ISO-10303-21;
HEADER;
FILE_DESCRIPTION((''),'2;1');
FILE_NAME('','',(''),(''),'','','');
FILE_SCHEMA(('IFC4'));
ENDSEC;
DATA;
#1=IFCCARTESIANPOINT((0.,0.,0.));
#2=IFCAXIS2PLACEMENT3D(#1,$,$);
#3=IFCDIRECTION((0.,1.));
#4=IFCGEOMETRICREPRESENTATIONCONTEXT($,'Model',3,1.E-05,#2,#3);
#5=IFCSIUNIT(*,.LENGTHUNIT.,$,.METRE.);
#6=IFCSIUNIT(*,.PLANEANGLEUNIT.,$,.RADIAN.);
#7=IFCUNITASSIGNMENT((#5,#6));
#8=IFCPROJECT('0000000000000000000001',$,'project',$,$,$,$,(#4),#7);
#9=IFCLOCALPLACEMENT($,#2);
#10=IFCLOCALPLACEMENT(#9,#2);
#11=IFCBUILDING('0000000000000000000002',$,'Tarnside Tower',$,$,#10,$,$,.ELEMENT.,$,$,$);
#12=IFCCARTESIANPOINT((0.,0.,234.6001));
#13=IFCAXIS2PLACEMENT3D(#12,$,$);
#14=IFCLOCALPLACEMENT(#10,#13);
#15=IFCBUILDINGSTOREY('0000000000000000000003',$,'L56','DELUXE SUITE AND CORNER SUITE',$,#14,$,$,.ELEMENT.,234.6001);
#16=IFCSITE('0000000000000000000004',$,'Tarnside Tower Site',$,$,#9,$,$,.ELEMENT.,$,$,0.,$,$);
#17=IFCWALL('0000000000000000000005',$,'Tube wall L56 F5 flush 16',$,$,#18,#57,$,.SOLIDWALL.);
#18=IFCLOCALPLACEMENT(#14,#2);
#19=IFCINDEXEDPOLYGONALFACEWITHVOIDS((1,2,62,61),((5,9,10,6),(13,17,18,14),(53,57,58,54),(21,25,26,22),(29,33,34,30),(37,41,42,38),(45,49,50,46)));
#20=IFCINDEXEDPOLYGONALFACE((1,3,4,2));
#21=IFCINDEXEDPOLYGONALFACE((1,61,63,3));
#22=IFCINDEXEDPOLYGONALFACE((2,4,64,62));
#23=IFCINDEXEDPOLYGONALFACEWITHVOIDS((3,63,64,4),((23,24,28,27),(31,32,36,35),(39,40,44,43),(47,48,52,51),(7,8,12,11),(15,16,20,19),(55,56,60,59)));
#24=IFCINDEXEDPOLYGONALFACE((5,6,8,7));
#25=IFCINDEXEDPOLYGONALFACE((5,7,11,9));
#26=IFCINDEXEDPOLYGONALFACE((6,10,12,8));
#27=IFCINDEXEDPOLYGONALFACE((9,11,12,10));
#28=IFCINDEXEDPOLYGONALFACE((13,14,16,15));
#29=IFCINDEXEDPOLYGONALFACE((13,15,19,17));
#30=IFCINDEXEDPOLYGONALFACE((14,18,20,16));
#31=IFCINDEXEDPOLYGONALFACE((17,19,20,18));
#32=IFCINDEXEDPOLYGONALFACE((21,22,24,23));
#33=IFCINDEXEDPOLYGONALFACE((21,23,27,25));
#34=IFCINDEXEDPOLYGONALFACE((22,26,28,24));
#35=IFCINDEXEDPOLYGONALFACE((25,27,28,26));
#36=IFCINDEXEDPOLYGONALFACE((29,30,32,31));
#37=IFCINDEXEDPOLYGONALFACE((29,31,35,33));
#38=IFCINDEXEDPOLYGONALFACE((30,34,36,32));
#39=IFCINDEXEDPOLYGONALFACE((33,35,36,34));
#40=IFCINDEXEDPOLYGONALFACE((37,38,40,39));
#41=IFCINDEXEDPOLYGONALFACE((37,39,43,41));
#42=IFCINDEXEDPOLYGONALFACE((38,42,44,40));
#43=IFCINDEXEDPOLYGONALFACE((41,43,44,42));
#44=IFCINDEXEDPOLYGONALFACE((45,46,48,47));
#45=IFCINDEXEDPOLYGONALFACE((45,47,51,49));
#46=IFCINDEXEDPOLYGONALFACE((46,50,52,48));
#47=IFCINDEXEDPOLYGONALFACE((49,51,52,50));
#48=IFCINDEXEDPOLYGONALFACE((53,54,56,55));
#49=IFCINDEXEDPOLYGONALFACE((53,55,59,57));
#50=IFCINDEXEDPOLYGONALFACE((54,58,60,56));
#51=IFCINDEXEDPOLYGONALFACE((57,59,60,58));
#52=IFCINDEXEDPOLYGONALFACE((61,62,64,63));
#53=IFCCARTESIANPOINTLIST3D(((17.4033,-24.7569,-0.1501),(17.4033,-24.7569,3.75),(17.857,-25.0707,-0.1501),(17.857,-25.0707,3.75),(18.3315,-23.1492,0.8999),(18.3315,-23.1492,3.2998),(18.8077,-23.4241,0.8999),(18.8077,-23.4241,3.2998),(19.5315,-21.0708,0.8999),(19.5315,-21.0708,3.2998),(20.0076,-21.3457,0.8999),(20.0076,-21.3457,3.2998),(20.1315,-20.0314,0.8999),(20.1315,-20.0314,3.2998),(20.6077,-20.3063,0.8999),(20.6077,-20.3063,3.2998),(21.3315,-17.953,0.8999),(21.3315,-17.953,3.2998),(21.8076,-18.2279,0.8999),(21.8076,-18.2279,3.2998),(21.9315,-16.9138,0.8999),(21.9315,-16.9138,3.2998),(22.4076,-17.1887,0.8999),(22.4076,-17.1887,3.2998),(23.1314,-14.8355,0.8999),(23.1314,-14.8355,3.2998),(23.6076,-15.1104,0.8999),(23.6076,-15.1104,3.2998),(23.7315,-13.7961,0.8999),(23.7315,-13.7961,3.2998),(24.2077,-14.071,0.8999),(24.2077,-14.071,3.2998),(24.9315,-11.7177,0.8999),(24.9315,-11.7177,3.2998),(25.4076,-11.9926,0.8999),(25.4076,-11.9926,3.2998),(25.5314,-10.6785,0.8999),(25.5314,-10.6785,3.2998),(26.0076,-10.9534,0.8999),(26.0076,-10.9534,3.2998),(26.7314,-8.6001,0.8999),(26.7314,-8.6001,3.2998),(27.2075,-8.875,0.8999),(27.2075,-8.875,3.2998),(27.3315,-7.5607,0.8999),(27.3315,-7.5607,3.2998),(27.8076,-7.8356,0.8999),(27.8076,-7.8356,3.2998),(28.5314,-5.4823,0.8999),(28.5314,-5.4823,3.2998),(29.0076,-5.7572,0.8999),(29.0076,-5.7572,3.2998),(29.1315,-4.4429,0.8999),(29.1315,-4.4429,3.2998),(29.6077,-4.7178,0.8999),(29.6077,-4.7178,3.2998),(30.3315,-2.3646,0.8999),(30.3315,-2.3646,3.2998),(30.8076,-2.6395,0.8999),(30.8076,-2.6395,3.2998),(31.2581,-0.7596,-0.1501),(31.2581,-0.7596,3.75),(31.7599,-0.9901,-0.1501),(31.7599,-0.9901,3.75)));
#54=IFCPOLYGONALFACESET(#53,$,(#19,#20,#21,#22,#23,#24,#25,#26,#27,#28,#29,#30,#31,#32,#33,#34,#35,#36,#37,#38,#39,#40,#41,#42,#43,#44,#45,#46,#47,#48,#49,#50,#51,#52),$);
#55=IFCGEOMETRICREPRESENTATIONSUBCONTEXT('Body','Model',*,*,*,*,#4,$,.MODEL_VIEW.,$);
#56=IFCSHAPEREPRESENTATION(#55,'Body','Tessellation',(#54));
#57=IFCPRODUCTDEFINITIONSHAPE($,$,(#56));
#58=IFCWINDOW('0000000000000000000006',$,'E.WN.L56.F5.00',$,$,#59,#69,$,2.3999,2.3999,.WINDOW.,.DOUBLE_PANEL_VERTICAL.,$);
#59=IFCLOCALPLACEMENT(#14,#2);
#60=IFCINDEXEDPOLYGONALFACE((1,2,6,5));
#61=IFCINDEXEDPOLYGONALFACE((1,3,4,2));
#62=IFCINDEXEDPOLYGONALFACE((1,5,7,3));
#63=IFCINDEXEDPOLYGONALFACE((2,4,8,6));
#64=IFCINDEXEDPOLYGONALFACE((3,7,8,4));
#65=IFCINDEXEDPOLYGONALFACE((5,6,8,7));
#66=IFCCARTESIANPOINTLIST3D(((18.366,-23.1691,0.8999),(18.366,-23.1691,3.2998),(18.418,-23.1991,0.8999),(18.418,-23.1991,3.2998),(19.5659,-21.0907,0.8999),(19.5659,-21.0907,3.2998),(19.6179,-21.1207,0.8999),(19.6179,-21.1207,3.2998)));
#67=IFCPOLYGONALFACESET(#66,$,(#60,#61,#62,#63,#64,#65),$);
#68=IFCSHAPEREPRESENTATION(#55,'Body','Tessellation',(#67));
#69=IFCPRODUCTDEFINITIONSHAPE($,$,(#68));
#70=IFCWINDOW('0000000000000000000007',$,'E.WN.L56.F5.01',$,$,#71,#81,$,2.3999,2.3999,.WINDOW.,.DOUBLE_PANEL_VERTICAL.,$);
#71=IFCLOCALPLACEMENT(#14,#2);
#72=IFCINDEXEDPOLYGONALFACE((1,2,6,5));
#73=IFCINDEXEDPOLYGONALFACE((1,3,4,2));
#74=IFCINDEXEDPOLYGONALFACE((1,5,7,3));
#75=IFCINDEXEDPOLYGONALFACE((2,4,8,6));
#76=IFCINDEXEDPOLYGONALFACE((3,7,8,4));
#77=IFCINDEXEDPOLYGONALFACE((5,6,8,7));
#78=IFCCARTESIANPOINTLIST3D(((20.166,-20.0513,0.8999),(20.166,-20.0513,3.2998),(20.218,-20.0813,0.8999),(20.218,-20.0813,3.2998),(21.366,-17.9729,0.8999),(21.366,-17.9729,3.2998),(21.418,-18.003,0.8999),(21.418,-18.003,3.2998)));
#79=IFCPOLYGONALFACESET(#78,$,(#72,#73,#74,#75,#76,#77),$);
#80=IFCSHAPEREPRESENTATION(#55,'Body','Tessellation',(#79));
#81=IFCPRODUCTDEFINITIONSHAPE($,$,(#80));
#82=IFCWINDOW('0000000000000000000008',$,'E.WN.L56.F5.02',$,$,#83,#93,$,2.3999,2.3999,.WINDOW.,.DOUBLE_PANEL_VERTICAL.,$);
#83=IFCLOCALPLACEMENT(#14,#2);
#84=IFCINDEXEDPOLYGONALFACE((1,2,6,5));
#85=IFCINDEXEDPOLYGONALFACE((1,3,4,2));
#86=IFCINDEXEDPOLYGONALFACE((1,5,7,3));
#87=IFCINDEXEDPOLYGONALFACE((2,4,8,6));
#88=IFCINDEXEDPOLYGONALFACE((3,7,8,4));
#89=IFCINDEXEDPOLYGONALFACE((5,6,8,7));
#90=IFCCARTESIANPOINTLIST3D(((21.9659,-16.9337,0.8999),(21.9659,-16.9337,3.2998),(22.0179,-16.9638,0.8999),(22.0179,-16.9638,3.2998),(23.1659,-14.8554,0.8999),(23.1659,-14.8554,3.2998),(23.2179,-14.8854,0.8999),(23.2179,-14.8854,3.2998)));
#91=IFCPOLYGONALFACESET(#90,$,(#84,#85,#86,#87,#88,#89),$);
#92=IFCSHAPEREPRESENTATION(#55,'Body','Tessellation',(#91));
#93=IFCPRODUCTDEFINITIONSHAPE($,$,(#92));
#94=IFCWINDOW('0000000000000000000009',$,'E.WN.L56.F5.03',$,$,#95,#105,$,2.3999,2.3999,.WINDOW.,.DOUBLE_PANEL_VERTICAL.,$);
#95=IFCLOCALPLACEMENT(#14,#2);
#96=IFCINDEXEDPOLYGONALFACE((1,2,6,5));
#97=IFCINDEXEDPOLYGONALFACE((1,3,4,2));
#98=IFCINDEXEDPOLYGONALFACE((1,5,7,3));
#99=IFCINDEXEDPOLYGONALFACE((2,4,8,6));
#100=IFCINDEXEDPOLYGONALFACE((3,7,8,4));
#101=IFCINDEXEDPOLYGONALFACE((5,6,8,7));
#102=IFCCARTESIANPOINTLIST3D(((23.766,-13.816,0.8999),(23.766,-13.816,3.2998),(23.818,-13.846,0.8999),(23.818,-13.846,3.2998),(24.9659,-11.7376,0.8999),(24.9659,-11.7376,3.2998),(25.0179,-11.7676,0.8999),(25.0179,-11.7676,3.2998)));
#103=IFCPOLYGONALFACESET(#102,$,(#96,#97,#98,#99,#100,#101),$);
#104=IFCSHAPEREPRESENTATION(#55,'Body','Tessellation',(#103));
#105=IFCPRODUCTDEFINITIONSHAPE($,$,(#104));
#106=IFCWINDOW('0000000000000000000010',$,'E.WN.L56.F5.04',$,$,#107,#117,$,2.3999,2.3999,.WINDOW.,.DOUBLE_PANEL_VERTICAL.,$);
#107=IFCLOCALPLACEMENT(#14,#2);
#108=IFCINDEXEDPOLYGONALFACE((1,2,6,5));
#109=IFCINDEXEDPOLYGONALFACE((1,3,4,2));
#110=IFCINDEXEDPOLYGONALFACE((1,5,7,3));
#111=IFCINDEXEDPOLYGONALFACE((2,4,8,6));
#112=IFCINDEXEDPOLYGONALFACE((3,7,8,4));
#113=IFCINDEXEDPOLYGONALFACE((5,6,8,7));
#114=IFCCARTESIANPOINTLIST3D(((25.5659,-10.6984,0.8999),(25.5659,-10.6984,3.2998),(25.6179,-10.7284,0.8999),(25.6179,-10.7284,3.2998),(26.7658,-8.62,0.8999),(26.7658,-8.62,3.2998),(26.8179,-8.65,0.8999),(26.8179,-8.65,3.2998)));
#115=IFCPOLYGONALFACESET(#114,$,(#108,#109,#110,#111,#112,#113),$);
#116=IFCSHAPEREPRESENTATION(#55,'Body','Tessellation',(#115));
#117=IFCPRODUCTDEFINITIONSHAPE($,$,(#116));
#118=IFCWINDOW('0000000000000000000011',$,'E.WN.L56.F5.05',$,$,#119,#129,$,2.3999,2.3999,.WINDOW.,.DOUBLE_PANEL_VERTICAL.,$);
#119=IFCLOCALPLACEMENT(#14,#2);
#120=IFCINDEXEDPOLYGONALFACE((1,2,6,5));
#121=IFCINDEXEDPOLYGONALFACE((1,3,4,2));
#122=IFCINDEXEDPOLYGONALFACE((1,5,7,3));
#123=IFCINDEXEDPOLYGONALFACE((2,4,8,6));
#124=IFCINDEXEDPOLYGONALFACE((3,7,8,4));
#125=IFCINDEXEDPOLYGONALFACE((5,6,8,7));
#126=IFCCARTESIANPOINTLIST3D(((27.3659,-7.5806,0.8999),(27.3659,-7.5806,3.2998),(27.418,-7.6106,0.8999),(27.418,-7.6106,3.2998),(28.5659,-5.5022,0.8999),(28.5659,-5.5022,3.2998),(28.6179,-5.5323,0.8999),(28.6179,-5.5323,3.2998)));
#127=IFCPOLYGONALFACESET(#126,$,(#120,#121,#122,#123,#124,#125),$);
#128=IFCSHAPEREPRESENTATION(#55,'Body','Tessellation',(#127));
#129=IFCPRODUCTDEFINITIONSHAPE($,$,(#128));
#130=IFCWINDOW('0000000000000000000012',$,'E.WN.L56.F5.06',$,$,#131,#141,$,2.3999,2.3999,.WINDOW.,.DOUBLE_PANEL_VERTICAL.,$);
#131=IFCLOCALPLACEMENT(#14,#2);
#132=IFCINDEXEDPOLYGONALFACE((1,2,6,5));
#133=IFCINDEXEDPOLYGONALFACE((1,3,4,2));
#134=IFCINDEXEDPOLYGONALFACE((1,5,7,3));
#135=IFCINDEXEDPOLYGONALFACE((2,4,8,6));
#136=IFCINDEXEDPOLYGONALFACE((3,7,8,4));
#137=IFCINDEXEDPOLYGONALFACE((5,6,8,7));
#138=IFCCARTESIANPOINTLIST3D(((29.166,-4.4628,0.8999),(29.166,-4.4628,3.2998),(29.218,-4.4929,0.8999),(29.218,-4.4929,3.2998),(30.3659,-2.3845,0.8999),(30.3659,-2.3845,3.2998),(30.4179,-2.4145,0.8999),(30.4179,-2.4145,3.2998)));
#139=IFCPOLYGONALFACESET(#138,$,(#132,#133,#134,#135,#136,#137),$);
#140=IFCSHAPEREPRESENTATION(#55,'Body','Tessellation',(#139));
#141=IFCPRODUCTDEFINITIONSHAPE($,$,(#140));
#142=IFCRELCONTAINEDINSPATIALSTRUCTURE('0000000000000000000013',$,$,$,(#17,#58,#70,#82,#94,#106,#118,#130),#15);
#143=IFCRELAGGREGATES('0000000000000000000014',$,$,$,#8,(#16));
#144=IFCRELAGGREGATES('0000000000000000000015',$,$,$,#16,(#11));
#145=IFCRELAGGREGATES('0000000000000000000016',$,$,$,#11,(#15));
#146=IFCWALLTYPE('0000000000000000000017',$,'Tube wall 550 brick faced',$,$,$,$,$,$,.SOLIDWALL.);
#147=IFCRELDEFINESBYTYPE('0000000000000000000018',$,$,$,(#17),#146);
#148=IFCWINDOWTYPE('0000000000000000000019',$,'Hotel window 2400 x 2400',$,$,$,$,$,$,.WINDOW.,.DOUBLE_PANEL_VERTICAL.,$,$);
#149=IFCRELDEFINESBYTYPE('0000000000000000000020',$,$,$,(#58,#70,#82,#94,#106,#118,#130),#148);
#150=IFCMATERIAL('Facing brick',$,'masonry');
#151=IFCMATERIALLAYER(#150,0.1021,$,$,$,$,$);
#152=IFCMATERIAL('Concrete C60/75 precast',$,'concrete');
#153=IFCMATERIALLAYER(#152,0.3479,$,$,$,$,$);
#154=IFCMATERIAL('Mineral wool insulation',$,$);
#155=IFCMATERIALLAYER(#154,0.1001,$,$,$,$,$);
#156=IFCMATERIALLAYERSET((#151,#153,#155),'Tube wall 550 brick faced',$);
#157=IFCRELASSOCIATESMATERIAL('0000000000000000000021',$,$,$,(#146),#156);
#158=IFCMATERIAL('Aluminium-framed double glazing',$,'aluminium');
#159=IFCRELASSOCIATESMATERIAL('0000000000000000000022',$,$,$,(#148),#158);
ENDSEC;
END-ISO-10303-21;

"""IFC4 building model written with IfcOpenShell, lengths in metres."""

from ifc_helpers import new_model, si_unit, direction, frame, frame_2d, origin, place, context, subcontext, project, spatial, polyline, rectangle, outline, extrude, material, layer, layer_set, type_object, element, fill, save


model = new_model("IFC4")

# Units and contexts
model_context = context("Model", 3, precision=1e-05, world=origin(), true_north=direction((0.0, 1.0)))
body_context = subcontext(model_context, "Body", "Model", "MODEL_VIEW")
ifc_project = project(units=[si_unit("LENGTHUNIT", "METRE"), si_unit("PLANEANGLEUNIT", "RADIAN")], contexts=[model_context])

# Site, building, storey
site_placement = place(None, origin())
site = spatial("IfcSite", under=ifc_project, at=site_placement, Name="Tarnside Tower Site", CompositionType="ELEMENT", RefElevation=0.0)
building_placement = place(site_placement, origin())
building = spatial("IfcBuilding", under=site, at=building_placement, Name="Tarnside Tower", CompositionType="ELEMENT")
storey_placement = place(building_placement, frame((0.0, 0.0, 234.6001)))
storey = spatial("IfcBuildingStorey", under=building, at=storey_placement, Name="L56", Description="DELUXE SUITE AND CORNER SUITE", CompositionType="ELEMENT", Elevation=234.6001)

# Shared definitions
ifc_material_1 = material(Name="Facing brick", Category="masonry")
ifc_layer_1 = layer(ifc_material_1, 0.1021)
ifc_material_2 = material(Name="Concrete C60/75 precast", Category="concrete")
ifc_layer_2 = layer(ifc_material_2, 0.3479)
ifc_material_3 = material(Name="Mineral wool insulation")
ifc_layer_3 = layer(ifc_material_3, 0.1001)
ifc_layer_set_1 = layer_set([ifc_layer_1, ifc_layer_2, ifc_layer_3], Name="Tube wall 550 brick faced")
wall_type_1 = type_object("IfcWallType", Name="Tube wall 550 brick faced", PredefinedType="SOLIDWALL", material=ifc_layer_set_1)

# Wall, openings, windows
wall_1_placement = place(storey_placement, frame((17.6301, -24.9138, -0.1501), z_axis=(0.0, 0.0, 1.0), x_axis=(0.499999, 0.866026, 0.0)))
wall_1 = element("IfcWall", 1, at=wall_1_placement, inside=storey, type_object=wall_type_1, Name="Tube wall L56 F5 flush 16", PredefinedType="SOLIDWALL", context=body_context, shape_type="SweptSolid", body=[
    extrude(outline(polyline([(-0.0225, -0.2749), (27.7834, -0.2749), (27.7322, 0.2749), (0.0225, 0.2749), (-0.0225, -0.2749)])), origin(), (0.0, 0.0, 1.0), 3.9001),
])
opening_1_placement = place(wall_1_placement, frame((1.8789, 0.0, 1.05)))
opening_1 = element("IfcOpeningElement", 2, at=opening_1_placement, cuts=wall_1, PredefinedType="OPENING", context=body_context, shape_type="SweptSolid", body=[
    extrude(rectangle(XDim=2.3999, YDim=2.3999, at=frame_2d((1.2, 1.2))), frame((0.0, 0.2852, 0.0), z_axis=(0.0, -1.0, 0.0), x_axis=(1.0, 0.0, 0.0)), (0.0, 0.0, 1.0), 0.5701),
])
opening_2_placement = place(wall_1_placement, frame((5.479, 0.0, 1.05)))
opening_2 = element("IfcOpeningElement", 3, at=opening_2_placement, cuts=wall_1, PredefinedType="OPENING", context=body_context, shape_type="SweptSolid", body=[
    extrude(rectangle(XDim=2.3999, YDim=2.3999, at=frame_2d((1.2, 1.2))), frame((0.0, 0.2852, 0.0), z_axis=(0.0, -1.0, 0.0), x_axis=(1.0, 0.0, 0.0)), (0.0, 0.0, 1.0), 0.5701),
])
opening_3_placement = place(wall_1_placement, frame((9.0789, 0.0, 1.05)))
opening_3 = element("IfcOpeningElement", 4, at=opening_3_placement, cuts=wall_1, PredefinedType="OPENING", context=body_context, shape_type="SweptSolid", body=[
    extrude(rectangle(XDim=2.3999, YDim=2.3999, at=frame_2d((1.2, 1.2))), frame((0.0, 0.2852, 0.0), z_axis=(0.0, -1.0, 0.0), x_axis=(1.0, 0.0, 0.0)), (0.0, 0.0, 1.0), 0.5701),
])
opening_4_placement = place(wall_1_placement, frame((12.679, 0.0, 1.05)))
opening_4 = element("IfcOpeningElement", 5, at=opening_4_placement, cuts=wall_1, PredefinedType="OPENING", context=body_context, shape_type="SweptSolid", body=[
    extrude(rectangle(XDim=2.3999, YDim=2.3999, at=frame_2d((1.2, 1.2))), frame((0.0, 0.2852, 0.0), z_axis=(0.0, -1.0, 0.0), x_axis=(1.0, 0.0, 0.0)), (0.0, 0.0, 1.0), 0.5701),
])
opening_5_placement = place(wall_1_placement, frame((16.2788, 0.0, 1.05)))
opening_5 = element("IfcOpeningElement", 6, at=opening_5_placement, cuts=wall_1, PredefinedType="OPENING", context=body_context, shape_type="SweptSolid", body=[
    extrude(rectangle(XDim=2.3999, YDim=2.3999, at=frame_2d((1.2, 1.2))), frame((0.0, 0.2852, 0.0), z_axis=(0.0, -1.0, 0.0), x_axis=(1.0, 0.0, 0.0)), (0.0, 0.0, 1.0), 0.5701),
])
opening_6_placement = place(wall_1_placement, frame((19.8789, 0.0, 1.05)))
opening_6 = element("IfcOpeningElement", 7, at=opening_6_placement, cuts=wall_1, PredefinedType="OPENING", context=body_context, shape_type="SweptSolid", body=[
    extrude(rectangle(XDim=2.3999, YDim=2.3999, at=frame_2d((1.2, 1.2))), frame((0.0, 0.2852, 0.0), z_axis=(0.0, -1.0, 0.0), x_axis=(1.0, 0.0, 0.0)), (0.0, 0.0, 1.0), 0.5701),
])
opening_7_placement = place(wall_1_placement, frame((23.479, 0.0, 1.05)))
opening_7 = element("IfcOpeningElement", 8, at=opening_7_placement, cuts=wall_1, PredefinedType="OPENING", context=body_context, shape_type="SweptSolid", body=[
    extrude(rectangle(XDim=2.3999, YDim=2.3999, at=frame_2d((1.2, 1.2))), frame((0.0, 0.2852, 0.0), z_axis=(0.0, -1.0, 0.0), x_axis=(1.0, 0.0, 0.0)), (0.0, 0.0, 1.0), 0.5701),
])
ifc_material_4 = material(Name="Aluminium-framed double glazing", Category="aluminium")
window_type = type_object("IfcWindowType", Name="Hotel window 2400 x 2400", PartitioningType="DOUBLE_PANEL_VERTICAL", PredefinedType="WINDOW", material=ifc_material_4)
window_1_placement = place(opening_1_placement, frame((0.0, 0.2051, 0.0)))
window_1 = element("IfcWindow", 9, at=window_1_placement, inside=storey, type_object=window_type, Name="E.WN.L56.F5.00", OverallHeight=2.3999, OverallWidth=2.3999, PartitioningType="DOUBLE_PANEL_VERTICAL", PredefinedType="WINDOW", context=body_context, shape_type="SweptSolid", body=[
    extrude(rectangle(XDim=2.3999, YDim=2.3999, at=frame_2d((1.2, 1.2))), frame((0.0, 0.03, 0.0), z_axis=(0.0, -1.0, 0.0), x_axis=(1.0, 0.0, 0.0)), (0.0, 0.0, 1.0), 0.0601),
])
fill(opening_1, window_1)
window_2_placement = place(opening_2_placement, frame((0.0, 0.2051, 0.0)))
window_2 = element("IfcWindow", 10, at=window_2_placement, inside=storey, type_object=window_type, Name="E.WN.L56.F5.01", OverallHeight=2.3999, OverallWidth=2.3999, PartitioningType="DOUBLE_PANEL_VERTICAL", PredefinedType="WINDOW", context=body_context, shape_type="SweptSolid", body=[
    extrude(rectangle(XDim=2.3999, YDim=2.3999, at=frame_2d((1.2, 1.2))), frame((0.0, 0.03, 0.0), z_axis=(0.0, -1.0, 0.0), x_axis=(1.0, 0.0, 0.0)), (0.0, 0.0, 1.0), 0.0601),
])
fill(opening_2, window_2)
window_3_placement = place(opening_3_placement, frame((0.0, 0.2051, 0.0)))
window_3 = element("IfcWindow", 11, at=window_3_placement, inside=storey, type_object=window_type, Name="E.WN.L56.F5.02", OverallHeight=2.3999, OverallWidth=2.3999, PartitioningType="DOUBLE_PANEL_VERTICAL", PredefinedType="WINDOW", context=body_context, shape_type="SweptSolid", body=[
    extrude(rectangle(XDim=2.3999, YDim=2.3999, at=frame_2d((1.2, 1.2))), frame((0.0, 0.03, 0.0), z_axis=(0.0, -1.0, 0.0), x_axis=(1.0, 0.0, 0.0)), (0.0, 0.0, 1.0), 0.0601),
])
fill(opening_3, window_3)
window_4_placement = place(opening_4_placement, frame((0.0, 0.2051, 0.0)))
window_4 = element("IfcWindow", 12, at=window_4_placement, inside=storey, type_object=window_type, Name="E.WN.L56.F5.03", OverallHeight=2.3999, OverallWidth=2.3999, PartitioningType="DOUBLE_PANEL_VERTICAL", PredefinedType="WINDOW", context=body_context, shape_type="SweptSolid", body=[
    extrude(rectangle(XDim=2.3999, YDim=2.3999, at=frame_2d((1.2, 1.2))), frame((0.0, 0.03, 0.0), z_axis=(0.0, -1.0, 0.0), x_axis=(1.0, 0.0, 0.0)), (0.0, 0.0, 1.0), 0.0601),
])
fill(opening_4, window_4)
window_5_placement = place(opening_5_placement, frame((0.0, 0.2051, 0.0)))
window_5 = element("IfcWindow", 13, at=window_5_placement, inside=storey, type_object=window_type, Name="E.WN.L56.F5.04", OverallHeight=2.3999, OverallWidth=2.3999, PartitioningType="DOUBLE_PANEL_VERTICAL", PredefinedType="WINDOW", context=body_context, shape_type="SweptSolid", body=[
    extrude(rectangle(XDim=2.3999, YDim=2.3999, at=frame_2d((1.2, 1.2))), frame((0.0, 0.03, 0.0), z_axis=(0.0, -1.0, 0.0), x_axis=(1.0, 0.0, 0.0)), (0.0, 0.0, 1.0), 0.0601),
])
fill(opening_5, window_5)
window_6_placement = place(opening_6_placement, frame((0.0, 0.2051, 0.0)))
window_6 = element("IfcWindow", 14, at=window_6_placement, inside=storey, type_object=window_type, Name="E.WN.L56.F5.05", OverallHeight=2.3999, OverallWidth=2.3999, PartitioningType="DOUBLE_PANEL_VERTICAL", PredefinedType="WINDOW", context=body_context, shape_type="SweptSolid", body=[
    extrude(rectangle(XDim=2.3999, YDim=2.3999, at=frame_2d((1.2, 1.2))), frame((0.0, 0.03, 0.0), z_axis=(0.0, -1.0, 0.0), x_axis=(1.0, 0.0, 0.0)), (0.0, 0.0, 1.0), 0.0601),
])
fill(opening_6, window_6)
window_7_placement = place(opening_7_placement, frame((0.0, 0.2051, 0.0)))
window_7 = element("IfcWindow", 15, at=window_7_placement, inside=storey, type_object=window_type, Name="E.WN.L56.F5.06", OverallHeight=2.3999, OverallWidth=2.3999, PartitioningType="DOUBLE_PANEL_VERTICAL", PredefinedType="WINDOW", context=body_context, shape_type="SweptSolid", body=[
    extrude(rectangle(XDim=2.3999, YDim=2.3999, at=frame_2d((1.2, 1.2))), frame((0.0, 0.03, 0.0), z_axis=(0.0, -1.0, 0.0), x_axis=(1.0, 0.0, 0.0)), (0.0, 0.0, 1.0), 0.0601),
])
fill(opening_7, window_7)

save(model, "model.ifc")
